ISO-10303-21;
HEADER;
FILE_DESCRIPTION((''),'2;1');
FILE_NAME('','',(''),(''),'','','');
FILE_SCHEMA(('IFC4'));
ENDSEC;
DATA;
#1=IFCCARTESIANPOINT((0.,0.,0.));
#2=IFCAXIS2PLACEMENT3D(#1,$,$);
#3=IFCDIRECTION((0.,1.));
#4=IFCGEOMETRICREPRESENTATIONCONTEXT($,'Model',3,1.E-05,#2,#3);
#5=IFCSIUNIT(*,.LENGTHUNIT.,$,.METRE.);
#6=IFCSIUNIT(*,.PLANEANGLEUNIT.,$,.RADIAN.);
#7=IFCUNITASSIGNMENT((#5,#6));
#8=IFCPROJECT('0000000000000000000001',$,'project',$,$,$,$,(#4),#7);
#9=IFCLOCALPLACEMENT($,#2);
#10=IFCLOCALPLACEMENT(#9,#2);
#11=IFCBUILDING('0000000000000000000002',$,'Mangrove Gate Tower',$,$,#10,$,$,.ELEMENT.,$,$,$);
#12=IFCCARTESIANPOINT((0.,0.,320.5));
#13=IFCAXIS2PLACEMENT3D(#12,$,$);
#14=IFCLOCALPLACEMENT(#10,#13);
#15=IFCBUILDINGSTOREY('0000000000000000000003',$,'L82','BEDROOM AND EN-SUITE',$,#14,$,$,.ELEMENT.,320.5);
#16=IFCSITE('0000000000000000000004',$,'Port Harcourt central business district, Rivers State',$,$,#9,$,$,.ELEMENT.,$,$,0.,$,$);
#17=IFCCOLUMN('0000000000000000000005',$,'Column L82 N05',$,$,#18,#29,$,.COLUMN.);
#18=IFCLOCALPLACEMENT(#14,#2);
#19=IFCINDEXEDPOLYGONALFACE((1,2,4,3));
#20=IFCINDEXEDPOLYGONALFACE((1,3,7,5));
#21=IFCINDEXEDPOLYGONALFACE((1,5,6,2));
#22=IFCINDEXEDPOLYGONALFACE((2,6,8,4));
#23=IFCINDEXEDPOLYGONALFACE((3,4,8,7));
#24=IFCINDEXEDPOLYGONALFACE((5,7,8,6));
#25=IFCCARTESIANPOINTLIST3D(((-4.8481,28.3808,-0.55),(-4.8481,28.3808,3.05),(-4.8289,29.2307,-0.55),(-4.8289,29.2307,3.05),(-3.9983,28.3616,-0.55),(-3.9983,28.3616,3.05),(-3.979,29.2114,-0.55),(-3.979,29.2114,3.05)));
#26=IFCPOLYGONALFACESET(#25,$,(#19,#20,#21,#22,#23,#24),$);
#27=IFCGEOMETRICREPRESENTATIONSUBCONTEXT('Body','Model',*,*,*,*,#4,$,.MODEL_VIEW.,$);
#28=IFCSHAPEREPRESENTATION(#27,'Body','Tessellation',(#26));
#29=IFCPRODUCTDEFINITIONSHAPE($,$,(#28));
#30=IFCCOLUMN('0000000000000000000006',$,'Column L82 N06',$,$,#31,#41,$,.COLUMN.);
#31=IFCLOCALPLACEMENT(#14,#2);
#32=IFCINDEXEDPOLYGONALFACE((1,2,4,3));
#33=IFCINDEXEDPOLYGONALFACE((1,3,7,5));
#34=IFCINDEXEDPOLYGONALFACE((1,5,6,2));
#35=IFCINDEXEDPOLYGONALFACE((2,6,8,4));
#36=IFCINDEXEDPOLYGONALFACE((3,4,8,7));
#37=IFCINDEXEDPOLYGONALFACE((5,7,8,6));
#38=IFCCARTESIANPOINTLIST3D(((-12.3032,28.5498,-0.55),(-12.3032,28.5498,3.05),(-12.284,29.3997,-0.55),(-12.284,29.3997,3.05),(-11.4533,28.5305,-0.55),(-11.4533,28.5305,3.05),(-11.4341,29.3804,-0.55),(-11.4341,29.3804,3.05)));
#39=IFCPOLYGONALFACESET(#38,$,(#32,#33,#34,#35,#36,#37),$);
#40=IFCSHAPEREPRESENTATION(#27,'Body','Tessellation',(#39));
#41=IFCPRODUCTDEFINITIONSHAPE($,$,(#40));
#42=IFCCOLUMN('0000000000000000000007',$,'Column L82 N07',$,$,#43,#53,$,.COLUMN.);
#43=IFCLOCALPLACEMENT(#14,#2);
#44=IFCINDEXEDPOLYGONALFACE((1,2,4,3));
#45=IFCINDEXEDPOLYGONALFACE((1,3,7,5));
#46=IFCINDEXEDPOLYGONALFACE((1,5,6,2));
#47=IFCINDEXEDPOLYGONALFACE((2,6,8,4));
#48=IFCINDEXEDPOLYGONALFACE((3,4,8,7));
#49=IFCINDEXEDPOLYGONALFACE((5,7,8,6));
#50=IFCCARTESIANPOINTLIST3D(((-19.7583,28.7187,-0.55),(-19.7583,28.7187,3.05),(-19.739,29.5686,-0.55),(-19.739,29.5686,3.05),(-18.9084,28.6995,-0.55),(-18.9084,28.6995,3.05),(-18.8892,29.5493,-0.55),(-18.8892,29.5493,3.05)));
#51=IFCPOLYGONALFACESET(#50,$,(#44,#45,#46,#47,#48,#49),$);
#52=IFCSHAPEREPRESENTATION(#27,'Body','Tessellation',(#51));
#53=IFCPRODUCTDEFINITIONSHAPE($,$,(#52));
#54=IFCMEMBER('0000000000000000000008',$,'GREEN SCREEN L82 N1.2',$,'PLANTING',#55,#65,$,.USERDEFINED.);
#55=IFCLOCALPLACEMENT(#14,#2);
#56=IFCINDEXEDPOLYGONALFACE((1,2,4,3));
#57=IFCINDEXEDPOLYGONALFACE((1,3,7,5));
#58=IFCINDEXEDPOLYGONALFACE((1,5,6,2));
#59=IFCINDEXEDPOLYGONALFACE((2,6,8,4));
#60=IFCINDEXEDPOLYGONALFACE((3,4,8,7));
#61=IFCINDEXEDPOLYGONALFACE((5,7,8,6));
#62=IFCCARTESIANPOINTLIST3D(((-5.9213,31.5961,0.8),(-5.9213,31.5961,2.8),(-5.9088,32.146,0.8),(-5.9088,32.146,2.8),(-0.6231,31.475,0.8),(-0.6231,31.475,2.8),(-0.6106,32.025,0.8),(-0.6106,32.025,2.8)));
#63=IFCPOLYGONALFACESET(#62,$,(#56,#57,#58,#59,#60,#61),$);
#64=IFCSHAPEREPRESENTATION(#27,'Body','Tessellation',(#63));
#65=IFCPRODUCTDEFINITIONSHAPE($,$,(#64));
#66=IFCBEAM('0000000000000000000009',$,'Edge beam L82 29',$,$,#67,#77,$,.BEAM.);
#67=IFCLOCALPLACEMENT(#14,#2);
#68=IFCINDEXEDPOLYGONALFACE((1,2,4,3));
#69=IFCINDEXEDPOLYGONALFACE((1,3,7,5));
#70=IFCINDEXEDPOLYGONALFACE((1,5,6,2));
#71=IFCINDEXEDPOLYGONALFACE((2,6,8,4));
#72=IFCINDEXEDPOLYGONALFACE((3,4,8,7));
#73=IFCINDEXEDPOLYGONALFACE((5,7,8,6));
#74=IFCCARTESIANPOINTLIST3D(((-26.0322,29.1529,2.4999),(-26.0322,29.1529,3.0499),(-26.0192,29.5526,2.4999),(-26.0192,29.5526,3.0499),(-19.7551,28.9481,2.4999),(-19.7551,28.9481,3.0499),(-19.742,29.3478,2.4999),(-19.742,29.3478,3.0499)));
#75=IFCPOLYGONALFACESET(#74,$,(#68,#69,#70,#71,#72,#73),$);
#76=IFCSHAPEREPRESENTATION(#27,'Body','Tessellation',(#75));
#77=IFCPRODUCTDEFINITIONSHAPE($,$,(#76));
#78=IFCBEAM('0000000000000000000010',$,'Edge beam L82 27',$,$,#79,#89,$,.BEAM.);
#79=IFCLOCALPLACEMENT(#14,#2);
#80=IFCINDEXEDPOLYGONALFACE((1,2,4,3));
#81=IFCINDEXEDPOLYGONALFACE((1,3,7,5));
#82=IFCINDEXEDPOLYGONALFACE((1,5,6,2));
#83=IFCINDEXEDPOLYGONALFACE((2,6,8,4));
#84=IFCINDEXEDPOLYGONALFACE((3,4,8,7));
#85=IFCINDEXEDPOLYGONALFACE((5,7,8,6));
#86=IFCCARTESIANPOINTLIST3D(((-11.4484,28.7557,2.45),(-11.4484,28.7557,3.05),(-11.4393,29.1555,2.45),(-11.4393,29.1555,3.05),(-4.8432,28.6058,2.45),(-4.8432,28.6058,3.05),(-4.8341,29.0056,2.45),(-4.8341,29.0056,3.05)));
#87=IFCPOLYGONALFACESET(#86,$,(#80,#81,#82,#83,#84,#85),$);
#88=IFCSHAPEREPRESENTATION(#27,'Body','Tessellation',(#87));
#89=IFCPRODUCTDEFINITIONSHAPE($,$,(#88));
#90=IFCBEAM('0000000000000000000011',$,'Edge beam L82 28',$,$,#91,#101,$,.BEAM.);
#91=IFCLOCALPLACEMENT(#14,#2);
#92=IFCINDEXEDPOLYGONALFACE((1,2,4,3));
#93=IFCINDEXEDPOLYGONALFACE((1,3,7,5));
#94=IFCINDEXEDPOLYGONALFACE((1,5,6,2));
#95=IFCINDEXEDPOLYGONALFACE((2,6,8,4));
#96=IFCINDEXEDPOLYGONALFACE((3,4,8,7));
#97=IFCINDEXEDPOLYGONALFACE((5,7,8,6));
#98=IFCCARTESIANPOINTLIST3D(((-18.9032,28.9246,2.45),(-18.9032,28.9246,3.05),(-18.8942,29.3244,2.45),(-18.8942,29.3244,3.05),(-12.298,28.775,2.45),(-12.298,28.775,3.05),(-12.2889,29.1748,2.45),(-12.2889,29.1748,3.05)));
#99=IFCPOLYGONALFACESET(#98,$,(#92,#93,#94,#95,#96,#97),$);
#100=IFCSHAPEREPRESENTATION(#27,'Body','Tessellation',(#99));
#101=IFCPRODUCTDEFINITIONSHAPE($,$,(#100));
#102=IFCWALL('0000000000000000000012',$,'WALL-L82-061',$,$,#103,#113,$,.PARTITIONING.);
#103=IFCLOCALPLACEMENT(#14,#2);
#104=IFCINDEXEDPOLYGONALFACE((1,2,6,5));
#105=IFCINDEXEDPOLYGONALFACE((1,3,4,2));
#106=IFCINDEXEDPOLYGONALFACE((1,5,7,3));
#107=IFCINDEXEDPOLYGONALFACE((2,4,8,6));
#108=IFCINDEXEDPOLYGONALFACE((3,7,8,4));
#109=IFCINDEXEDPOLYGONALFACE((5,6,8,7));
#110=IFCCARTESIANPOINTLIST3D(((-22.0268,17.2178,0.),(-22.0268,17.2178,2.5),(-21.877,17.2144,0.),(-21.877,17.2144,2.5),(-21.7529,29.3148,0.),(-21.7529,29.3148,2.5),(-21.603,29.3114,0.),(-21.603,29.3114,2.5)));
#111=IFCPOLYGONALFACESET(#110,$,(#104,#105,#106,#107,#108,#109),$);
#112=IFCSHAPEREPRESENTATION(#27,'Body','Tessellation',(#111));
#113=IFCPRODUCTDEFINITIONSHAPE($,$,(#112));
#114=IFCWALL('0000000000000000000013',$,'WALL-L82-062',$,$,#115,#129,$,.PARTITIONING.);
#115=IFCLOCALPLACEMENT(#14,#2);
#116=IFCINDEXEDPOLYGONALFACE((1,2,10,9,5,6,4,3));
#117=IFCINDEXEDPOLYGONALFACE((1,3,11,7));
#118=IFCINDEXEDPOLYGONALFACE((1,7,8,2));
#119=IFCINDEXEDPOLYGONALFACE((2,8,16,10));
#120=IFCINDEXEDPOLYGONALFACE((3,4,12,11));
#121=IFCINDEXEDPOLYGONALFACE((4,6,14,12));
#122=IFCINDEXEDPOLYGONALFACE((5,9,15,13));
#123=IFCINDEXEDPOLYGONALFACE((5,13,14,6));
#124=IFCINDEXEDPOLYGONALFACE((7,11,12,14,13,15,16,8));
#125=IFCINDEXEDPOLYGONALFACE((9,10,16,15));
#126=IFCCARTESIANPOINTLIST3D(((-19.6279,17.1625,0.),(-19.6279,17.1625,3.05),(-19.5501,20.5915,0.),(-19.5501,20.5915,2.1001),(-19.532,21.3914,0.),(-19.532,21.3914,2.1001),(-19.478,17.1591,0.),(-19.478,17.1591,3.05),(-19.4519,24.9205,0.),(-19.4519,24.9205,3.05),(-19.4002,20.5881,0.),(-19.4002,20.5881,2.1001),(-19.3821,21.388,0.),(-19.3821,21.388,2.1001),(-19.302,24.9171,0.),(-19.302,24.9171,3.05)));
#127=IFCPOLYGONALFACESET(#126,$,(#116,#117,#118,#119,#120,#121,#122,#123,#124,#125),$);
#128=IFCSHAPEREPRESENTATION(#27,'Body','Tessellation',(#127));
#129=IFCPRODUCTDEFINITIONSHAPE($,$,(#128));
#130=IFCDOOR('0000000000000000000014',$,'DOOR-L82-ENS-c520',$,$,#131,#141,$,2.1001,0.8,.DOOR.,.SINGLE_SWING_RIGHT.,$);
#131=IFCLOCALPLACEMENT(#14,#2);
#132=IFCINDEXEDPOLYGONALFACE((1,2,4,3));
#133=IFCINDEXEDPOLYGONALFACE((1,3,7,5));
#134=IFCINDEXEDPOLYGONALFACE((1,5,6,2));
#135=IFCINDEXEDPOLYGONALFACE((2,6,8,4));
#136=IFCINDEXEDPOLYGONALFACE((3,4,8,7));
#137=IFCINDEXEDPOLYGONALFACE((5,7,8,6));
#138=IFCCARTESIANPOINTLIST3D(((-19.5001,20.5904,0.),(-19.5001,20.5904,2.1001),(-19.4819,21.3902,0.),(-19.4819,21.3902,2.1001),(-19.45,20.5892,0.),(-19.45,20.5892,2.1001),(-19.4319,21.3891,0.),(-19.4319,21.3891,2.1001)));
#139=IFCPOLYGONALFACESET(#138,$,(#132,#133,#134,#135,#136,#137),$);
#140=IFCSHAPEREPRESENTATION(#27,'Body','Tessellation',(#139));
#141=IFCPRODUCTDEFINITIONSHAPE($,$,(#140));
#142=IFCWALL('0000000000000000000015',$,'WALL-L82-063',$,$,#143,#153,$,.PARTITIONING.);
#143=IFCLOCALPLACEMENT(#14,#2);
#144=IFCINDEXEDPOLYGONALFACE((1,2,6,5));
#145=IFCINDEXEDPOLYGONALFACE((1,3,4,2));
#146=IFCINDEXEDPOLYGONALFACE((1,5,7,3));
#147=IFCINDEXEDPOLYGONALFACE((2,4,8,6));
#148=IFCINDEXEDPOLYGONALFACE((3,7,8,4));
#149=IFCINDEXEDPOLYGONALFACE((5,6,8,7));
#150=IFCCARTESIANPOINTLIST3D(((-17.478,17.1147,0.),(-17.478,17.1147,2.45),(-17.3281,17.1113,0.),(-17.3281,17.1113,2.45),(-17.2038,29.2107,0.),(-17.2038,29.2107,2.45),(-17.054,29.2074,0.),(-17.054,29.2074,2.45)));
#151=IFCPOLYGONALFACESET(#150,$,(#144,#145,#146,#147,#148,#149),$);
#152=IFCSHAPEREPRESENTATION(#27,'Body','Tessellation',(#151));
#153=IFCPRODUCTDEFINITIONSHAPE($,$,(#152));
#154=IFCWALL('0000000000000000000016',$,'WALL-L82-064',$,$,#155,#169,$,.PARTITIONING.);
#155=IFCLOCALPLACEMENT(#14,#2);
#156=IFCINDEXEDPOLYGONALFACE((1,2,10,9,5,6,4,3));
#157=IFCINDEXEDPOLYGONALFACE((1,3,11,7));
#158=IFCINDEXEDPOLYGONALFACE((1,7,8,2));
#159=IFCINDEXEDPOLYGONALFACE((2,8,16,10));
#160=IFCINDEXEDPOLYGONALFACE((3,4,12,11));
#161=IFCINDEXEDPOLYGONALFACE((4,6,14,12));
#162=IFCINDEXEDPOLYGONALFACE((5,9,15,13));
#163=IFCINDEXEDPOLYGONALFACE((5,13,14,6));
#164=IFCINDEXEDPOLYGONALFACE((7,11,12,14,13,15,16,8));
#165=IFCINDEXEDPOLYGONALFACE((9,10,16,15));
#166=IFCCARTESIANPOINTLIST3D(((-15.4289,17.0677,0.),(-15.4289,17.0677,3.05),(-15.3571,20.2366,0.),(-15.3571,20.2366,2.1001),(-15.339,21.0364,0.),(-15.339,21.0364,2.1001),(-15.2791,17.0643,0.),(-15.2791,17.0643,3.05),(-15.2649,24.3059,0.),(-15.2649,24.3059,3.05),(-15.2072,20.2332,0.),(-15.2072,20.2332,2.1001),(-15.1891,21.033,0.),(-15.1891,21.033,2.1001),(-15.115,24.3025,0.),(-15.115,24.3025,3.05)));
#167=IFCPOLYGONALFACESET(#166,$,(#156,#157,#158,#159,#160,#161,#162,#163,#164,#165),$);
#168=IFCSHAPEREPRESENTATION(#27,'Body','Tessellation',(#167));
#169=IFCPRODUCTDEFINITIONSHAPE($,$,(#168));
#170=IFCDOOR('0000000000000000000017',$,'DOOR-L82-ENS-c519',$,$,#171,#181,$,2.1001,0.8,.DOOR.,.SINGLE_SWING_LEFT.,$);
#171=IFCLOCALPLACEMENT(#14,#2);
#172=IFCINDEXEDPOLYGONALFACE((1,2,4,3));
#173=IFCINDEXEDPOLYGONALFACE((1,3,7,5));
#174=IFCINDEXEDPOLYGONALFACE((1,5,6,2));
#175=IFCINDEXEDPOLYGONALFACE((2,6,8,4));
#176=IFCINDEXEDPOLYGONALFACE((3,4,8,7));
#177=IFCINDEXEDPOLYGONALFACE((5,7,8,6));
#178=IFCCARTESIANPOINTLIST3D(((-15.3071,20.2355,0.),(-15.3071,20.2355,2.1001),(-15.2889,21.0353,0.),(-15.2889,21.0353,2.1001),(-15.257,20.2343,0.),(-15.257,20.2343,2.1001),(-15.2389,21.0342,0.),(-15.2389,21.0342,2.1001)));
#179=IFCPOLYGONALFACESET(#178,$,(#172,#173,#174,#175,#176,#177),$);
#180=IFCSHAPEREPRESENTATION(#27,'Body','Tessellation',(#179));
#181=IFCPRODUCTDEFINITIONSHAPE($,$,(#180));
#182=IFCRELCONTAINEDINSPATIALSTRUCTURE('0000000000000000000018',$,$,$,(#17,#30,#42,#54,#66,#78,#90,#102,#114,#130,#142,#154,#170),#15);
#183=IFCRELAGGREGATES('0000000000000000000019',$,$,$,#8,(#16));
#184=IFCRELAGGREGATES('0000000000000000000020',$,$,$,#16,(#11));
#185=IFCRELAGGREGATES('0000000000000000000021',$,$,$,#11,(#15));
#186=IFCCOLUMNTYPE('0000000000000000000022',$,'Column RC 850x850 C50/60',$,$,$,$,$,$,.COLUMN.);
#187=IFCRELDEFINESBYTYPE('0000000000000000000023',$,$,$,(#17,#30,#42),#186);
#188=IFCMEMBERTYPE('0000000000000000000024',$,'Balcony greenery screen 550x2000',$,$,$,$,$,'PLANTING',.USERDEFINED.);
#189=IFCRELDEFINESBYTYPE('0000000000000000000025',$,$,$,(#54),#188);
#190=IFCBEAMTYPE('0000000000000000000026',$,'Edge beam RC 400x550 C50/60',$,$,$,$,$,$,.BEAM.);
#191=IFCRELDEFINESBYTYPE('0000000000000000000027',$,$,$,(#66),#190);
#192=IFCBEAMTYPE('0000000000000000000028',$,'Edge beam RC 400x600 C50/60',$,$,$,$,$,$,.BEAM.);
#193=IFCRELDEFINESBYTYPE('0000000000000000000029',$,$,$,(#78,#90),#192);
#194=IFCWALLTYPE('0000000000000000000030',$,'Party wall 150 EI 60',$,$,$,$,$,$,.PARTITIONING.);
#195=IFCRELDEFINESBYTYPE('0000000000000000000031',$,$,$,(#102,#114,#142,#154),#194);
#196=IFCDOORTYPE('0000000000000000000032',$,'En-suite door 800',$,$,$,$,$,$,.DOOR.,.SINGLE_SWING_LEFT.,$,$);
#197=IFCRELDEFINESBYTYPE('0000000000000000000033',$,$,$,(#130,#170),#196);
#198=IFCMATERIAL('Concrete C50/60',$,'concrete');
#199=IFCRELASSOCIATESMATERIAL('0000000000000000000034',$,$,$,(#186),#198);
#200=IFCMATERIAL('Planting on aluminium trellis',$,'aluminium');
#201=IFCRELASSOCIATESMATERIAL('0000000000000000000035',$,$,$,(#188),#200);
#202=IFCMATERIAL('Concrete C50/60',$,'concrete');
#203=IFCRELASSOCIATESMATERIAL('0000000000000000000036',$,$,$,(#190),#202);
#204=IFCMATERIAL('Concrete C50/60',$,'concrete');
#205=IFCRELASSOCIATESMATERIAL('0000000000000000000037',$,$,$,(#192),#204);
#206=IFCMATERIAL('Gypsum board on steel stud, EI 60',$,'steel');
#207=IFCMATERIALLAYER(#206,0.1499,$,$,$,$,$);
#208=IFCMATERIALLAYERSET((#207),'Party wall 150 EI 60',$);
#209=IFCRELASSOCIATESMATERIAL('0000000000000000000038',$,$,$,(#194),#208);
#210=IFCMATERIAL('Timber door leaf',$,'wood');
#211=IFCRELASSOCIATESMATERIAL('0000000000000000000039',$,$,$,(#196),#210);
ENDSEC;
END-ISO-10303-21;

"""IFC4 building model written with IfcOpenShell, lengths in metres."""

from ifc_helpers import new_model, si_unit, direction, frame, frame_2d, origin, origin_2d, place, context, subcontext, project, spatial, rectangle, extrude, material, layer, layer_set, material_profile, profile_set, type_object, element, fill, save


model = new_model("IFC4")

# Units and contexts
model_context = context("Model", 3, precision=1e-05, world=origin(), true_north=direction((0.0, 1.0)))
body_context = subcontext(model_context, "Body", "Model", "MODEL_VIEW")
ifc_project = project(units=[si_unit("LENGTHUNIT", "METRE"), si_unit("PLANEANGLEUNIT", "RADIAN")], contexts=[model_context])

# Site, building, storey
site_placement = place(None, origin())
site = spatial("IfcSite", under=ifc_project, at=site_placement, Name="Port Harcourt central business district, Rivers State", CompositionType="ELEMENT", RefElevation=0.0)
building_placement = place(site_placement, origin())
building = spatial("IfcBuilding", under=site, at=building_placement, Name="Mangrove Gate Tower", CompositionType="ELEMENT")
storey_placement = place(building_placement, frame((0.0, 0.0, 320.5)))
storey = spatial("IfcBuildingStorey", under=building, at=storey_placement, Name="L82", Description="BEDROOM AND EN-SUITE", CompositionType="ELEMENT", Elevation=320.5)

# Columns
ifc_material_1 = material(Name="Concrete C50/60", Category="concrete")
ifc_material_profile_1 = material_profile(ifc_material_1, rectangle(XDim=0.8501, YDim=0.8501, at=origin_2d()))
ifc_profile_set_1 = profile_set([ifc_material_profile_1], Name="Concrete C50/60")
column_type = type_object("IfcColumnType", Name="Column RC 850x850 C50/60", PredefinedType="COLUMN", material=ifc_profile_set_1)
for number, where, z_axis, x_axis, name in (
    (1, (-4.4136, 28.7961, -0.55), (0.0, 0.0, 1.0), (-0.999743, 0.022664, 0.0), "Column L82 N05"),
    (2, (-11.8687, 28.9651, -0.55), (0.0, 0.0, 1.0), (-0.999743, 0.022664, 0.0), "Column L82 N06"),
    (3, (-19.3237, 29.134, -0.55), (0.0, 0.0, 1.0), (-0.999743, 0.022664, 0.0), "Column L82 N07"),
):
    element("IfcColumn", number, at=place(storey_placement, frame(where, z_axis=z_axis, x_axis=x_axis)), inside=storey, type_object=column_type, Name=name, PredefinedType="COLUMN", context=body_context, shape_type="SweptSolid", body=[
        extrude(rectangle(XDim=0.8501, YDim=0.8501, at=origin_2d()), origin(), (0.0, 0.0, 1.0), 3.6001),
    ])

# Member
ifc_material_2 = material(Name="Planting on aluminium trellis", Category="aluminium")
ifc_material_profile_2 = material_profile(ifc_material_2, rectangle(XDim=0.55, YDim=2.0, at=origin_2d()))
ifc_profile_set_2 = profile_set([ifc_material_profile_2], Name="Planting on aluminium trellis")
member_type = type_object("IfcMemberType", Name="Balcony greenery screen 550x2000", ElementType="PLANTING", PredefinedType="USERDEFINED", material=ifc_profile_set_2)
member_placement = place(storey_placement, frame((-5.915, 31.8711, 1.8), z_axis=(0.999739, -0.02285, 0.0), x_axis=(0.02285, 0.999739, 0.0)))
element("IfcMember", 4, at=member_placement, inside=storey, type_object=member_type, Name="GREEN SCREEN L82 N1.2", ObjectType="PLANTING", PredefinedType="USERDEFINED", context=body_context, shape_type="SweptSolid", body=[
    extrude(rectangle(XDim=0.55, YDim=2.0, at=origin_2d()), origin(), (0.0, 0.0, 1.0), 5.2996),
])

# Beams
ifc_material_3 = material(Name="Concrete C50/60", Category="concrete")
ifc_material_profile_3 = material_profile(ifc_material_3, rectangle(XDim=0.3999, YDim=0.55, at=origin_2d()))
ifc_profile_set_3 = profile_set([ifc_material_profile_3], Name="Concrete C50/60")
beam_type_1 = type_object("IfcBeamType", Name="Edge beam RC 400x550 C50/60", PredefinedType="BEAM", material=ifc_profile_set_3)
beam_placement = place(storey_placement, frame((-19.7485, 29.1479, 2.7749), z_axis=(-0.999468, 0.032615, 0.0), x_axis=(-0.032615, -0.999468, 0.0)))
element("IfcBeam", 5, at=beam_placement, inside=storey, type_object=beam_type_1, Name="Edge beam L82 29", PredefinedType="BEAM", context=body_context, shape_type="SweptSolid", body=[
    extrude(rectangle(XDim=0.3999, YDim=0.55, at=origin_2d()), origin(), (0.0, 0.0, 1.0), 6.2805),
])
ifc_material_4 = material(Name="Concrete C50/60", Category="concrete")
ifc_material_profile_4 = material_profile(ifc_material_4, rectangle(XDim=0.3999, YDim=0.6001, at=origin_2d()))
ifc_profile_set_4 = profile_set([ifc_material_profile_4], Name="Concrete C50/60")
beam_type_2 = type_object("IfcBeamType", Name="Edge beam RC 400x600 C50/60", PredefinedType="BEAM", material=ifc_profile_set_4)
for number, where, z_axis, x_axis, name in (
    (6, (-4.8386, 28.8057, 2.75), (-0.999743, 0.022689, 0.0), (-0.022689, -0.999743, 0.0), "Edge beam L82 27"),
    (7, (-12.2935, 28.9749, 2.75), (-0.999743, 0.022652, 0.0), (-0.022652, -0.999743, 0.0), "Edge beam L82 28"),
):
    element("IfcBeam", number, at=place(storey_placement, frame(where, z_axis=z_axis, x_axis=x_axis)), inside=storey, type_object=beam_type_2, Name=name, PredefinedType="BEAM", context=body_context, shape_type="SweptSolid", body=[
        extrude(rectangle(XDim=0.3999, YDim=0.6001, at=origin_2d()), origin(), (0.0, 0.0, 1.0), 6.6069),
    ])

# Wall
ifc_material_5 = material(Name="Gypsum board on steel stud, EI 60", Category="steel")
ifc_layer_1 = layer(ifc_material_5, 0.1499)
ifc_layer_set_1 = layer_set([ifc_layer_1], Name="Party wall 150 EI 60")
wall_type_1 = type_object("IfcWallType", Name="Party wall 150 EI 60", PredefinedType="PARTITIONING", material=ifc_layer_set_1)
wall_1_placement = place(storey_placement, frame((-21.9519, 17.2161, 0.0), z_axis=(0.0, 0.0, 1.0), x_axis=(0.022638, 0.999744, 0.0)))
element("IfcWall", 8, at=wall_1_placement, inside=storey, type_object=wall_type_1, Name="WALL-L82-061", PredefinedType="PARTITIONING", context=body_context, shape_type="SweptSolid", body=[
    extrude(rectangle(XDim=12.1001, YDim=0.1499, at=frame_2d((6.05, 0.0))), origin(), (0.0, 0.0, 1.0), 2.5),
])

# Wall, opening, door
wall_2_placement = place(storey_placement, frame((-19.553, 17.1609, 0.0), z_axis=(0.0, 0.0, 1.0), x_axis=(0.022684, 0.999743, 0.0)))
wall_2 = element("IfcWall", 9, at=wall_2_placement, inside=storey, type_object=wall_type_1, Name="WALL-L82-062", PredefinedType="PARTITIONING", context=body_context, shape_type="SweptSolid", body=[
    extrude(rectangle(XDim=7.76, YDim=0.1499, at=frame_2d((3.8799, 0.0))), origin(), (0.0, 0.0, 1.0), 3.05),
])
opening_1_placement = place(wall_2_placement, frame((3.4299, 0.0, 0.0)))
opening_1 = element("IfcOpeningElement", 10, at=opening_1_placement, cuts=wall_2, PredefinedType="OPENING", context=body_context, shape_type="SweptSolid", body=[
    extrude(rectangle(XDim=0.8, YDim=2.1001, at=frame_2d((0.3999, 1.05))), frame((0.0, 0.085, 0.0), z_axis=(0.0, -1.0, 0.0), x_axis=(1.0, 0.0, 0.0)), (0.0, 0.0, 1.0), 0.1699),
])
ifc_material_6 = material(Name="Timber door leaf", Category="wood")
door_type = type_object("IfcDoorType", Name="En-suite door 800", OperationType="SINGLE_SWING_LEFT", PredefinedType="DOOR", material=ifc_material_6)
door_1_placement = place(opening_1_placement, origin())
door_1 = element("IfcDoor", 11, at=door_1_placement, inside=storey, type_object=door_type, Name="DOOR-L82-ENS-c520", OperationType="SINGLE_SWING_RIGHT", OverallHeight=2.1001, OverallWidth=0.8, PredefinedType="DOOR", context=body_context, shape_type="SweptSolid", body=[
    extrude(rectangle(XDim=0.8, YDim=2.1001, at=frame_2d((0.3999, 1.05))), frame((0.0, 0.0249, 0.0), z_axis=(0.0, -1.0, 0.0), x_axis=(1.0, 0.0, 0.0)), (0.0, 0.0, 1.0), 0.05),
])
fill(opening_1, door_1)

# Wall
wall_3_placement = place(storey_placement, frame((-17.4031, 17.113, 0.0), z_axis=(0.0, 0.0, 1.0), x_axis=(0.02266, 0.999743, 0.0)))
element("IfcWall", 12, at=wall_3_placement, inside=storey, type_object=wall_type_1, Name="WALL-L82-063", PredefinedType="PARTITIONING", context=body_context, shape_type="SweptSolid", body=[
    extrude(rectangle(XDim=12.0991, YDim=0.1499, at=frame_2d((6.0496, 0.0))), origin(), (0.0, 0.0, 1.0), 2.45),
])

# Wall, opening, door
wall_4_placement = place(storey_placement, frame((-15.354, 17.0659, 0.0), z_axis=(0.0, 0.0, 1.0), x_axis=(0.022661, 0.999743, 0.0)))
wall_4 = element("IfcWall", 13, at=wall_4_placement, inside=storey, type_object=wall_type_1, Name="WALL-L82-064", PredefinedType="PARTITIONING", context=body_context, shape_type="SweptSolid", body=[
    extrude(rectangle(XDim=7.24, YDim=0.1499, at=frame_2d((3.6201, 0.0))), origin(), (0.0, 0.0, 1.0), 3.05),
])
opening_2_placement = place(wall_4_placement, frame((3.1699, 0.0, 0.0)))
opening_2 = element("IfcOpeningElement", 14, at=opening_2_placement, cuts=wall_4, PredefinedType="OPENING", context=body_context, shape_type="SweptSolid", body=[
    extrude(rectangle(XDim=0.8, YDim=2.1001, at=frame_2d((0.3999, 1.05))), frame((0.0, 0.085, 0.0), z_axis=(0.0, -1.0, 0.0), x_axis=(1.0, 0.0, 0.0)), (0.0, 0.0, 1.0), 0.1699),
])
door_2_placement = place(opening_2_placement, origin())
door_2 = element("IfcDoor", 15, at=door_2_placement, inside=storey, type_object=door_type, Name="DOOR-L82-ENS-c519", OperationType="SINGLE_SWING_LEFT", OverallHeight=2.1001, OverallWidth=0.8, PredefinedType="DOOR", context=body_context, shape_type="SweptSolid", body=[
    extrude(rectangle(XDim=0.8, YDim=2.1001, at=frame_2d((0.3999, 1.05))), frame((0.0, 0.0249, 0.0), z_axis=(0.0, -1.0, 0.0), x_axis=(1.0, 0.0, 0.0)), (0.0, 0.0, 1.0), 0.05),
])
fill(opening_2, door_2)

save(model, "model.ifc")
